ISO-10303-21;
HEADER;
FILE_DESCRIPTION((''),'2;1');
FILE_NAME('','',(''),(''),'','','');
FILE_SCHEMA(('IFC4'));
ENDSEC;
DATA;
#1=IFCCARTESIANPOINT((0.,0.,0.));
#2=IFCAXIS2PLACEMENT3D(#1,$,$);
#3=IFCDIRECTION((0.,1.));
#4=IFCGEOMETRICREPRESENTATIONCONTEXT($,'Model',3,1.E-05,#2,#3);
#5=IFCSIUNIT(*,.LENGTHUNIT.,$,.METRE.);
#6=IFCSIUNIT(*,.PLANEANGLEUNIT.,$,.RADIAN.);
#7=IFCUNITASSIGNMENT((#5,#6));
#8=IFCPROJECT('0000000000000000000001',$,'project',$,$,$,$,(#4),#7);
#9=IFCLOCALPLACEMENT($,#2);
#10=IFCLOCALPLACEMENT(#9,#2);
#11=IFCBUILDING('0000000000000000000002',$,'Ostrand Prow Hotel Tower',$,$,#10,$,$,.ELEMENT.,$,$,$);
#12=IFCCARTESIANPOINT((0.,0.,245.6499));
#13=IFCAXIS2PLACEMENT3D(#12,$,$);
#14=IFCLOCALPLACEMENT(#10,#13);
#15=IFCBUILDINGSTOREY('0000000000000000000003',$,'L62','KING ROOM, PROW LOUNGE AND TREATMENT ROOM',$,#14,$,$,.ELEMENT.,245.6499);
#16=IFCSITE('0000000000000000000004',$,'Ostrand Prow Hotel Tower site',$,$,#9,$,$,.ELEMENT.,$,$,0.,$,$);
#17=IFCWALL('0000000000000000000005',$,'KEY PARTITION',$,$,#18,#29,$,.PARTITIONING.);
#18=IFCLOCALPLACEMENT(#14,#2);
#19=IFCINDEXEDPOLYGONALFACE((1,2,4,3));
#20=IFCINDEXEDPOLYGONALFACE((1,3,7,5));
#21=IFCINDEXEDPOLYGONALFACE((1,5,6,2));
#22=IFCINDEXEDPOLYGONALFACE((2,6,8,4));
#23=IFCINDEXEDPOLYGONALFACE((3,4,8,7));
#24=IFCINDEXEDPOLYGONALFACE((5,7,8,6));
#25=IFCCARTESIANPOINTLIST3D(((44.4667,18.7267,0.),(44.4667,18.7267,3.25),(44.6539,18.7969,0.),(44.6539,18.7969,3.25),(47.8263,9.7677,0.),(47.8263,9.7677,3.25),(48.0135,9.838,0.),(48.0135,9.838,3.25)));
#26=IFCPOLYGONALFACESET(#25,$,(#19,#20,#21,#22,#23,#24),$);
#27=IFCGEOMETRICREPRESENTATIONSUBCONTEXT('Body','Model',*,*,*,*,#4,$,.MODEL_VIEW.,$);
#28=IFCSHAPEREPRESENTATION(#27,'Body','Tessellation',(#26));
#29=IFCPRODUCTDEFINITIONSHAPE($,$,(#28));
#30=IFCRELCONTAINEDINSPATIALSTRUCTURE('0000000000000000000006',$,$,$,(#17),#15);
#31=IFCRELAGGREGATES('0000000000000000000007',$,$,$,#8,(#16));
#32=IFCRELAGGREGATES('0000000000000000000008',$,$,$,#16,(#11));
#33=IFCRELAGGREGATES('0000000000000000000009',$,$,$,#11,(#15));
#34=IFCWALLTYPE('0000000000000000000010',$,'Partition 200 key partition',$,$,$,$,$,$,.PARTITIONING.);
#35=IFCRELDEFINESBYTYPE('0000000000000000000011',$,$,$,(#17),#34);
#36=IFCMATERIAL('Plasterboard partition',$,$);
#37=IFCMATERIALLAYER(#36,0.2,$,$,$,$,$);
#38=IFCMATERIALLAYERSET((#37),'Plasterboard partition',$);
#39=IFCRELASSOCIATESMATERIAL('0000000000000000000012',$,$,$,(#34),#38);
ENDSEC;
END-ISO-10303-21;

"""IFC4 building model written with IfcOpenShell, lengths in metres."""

from ifc_helpers import new_model, si_unit, direction, frame, frame_2d, origin, place, context, subcontext, project, spatial, rectangle, extrude, material, layer, layer_set, type_object, element, save


model = new_model("IFC4")

# Units and contexts
model_context = context("Model", 3, precision=1e-05, world=origin(), true_north=direction((0.0, 1.0)))
body_context = subcontext(model_context, "Body", "Model", "MODEL_VIEW")
ifc_project = project(units=[si_unit("LENGTHUNIT", "METRE"), si_unit("PLANEANGLEUNIT", "RADIAN")], contexts=[model_context])

# Site, building, storey
site_placement = place(None, origin())
site = spatial("IfcSite", under=ifc_project, at=site_placement, Name="Ostrand Prow Hotel Tower site", CompositionType="ELEMENT", RefElevation=0.0)
building_placement = place(site_placement, origin())
building = spatial("IfcBuilding", under=site, at=building_placement, Name="Ostrand Prow Hotel Tower", CompositionType="ELEMENT")
storey_placement = place(building_placement, frame((0.0, 0.0, 245.6499)))
storey = spatial("IfcBuildingStorey", under=building, at=storey_placement, Name="L62", Description="KING ROOM, PROW LOUNGE AND TREATMENT ROOM", CompositionType="ELEMENT", Elevation=245.6499)

# Wall
ifc_material_1 = material(Name="Plasterboard partition")
ifc_layer_1 = layer(ifc_material_1, 0.2)
ifc_layer_set_1 = layer_set([ifc_layer_1], Name="Plasterboard partition")
wall_type_1 = type_object("IfcWallType", Name="Partition 200 key partition", PredefinedType="PARTITIONING", material=ifc_layer_set_1)
wall_1_placement = place(storey_placement, frame((47.9199, 9.8027, 0.0), z_axis=(0.0, 0.0, 1.0), x_axis=(-0.351123, 0.936329, 0.0)))
element("IfcWall", 1, at=wall_1_placement, inside=storey, type_object=wall_type_1, Name="KEY PARTITION", PredefinedType="PARTITIONING", context=body_context, shape_type="SweptSolid", body=[
    extrude(rectangle(XDim=9.5681, YDim=0.2, at=frame_2d((4.7842, 0.0))), origin(), (0.0, 0.0, 1.0), 3.25),
])

save(model, "model.ifc")
